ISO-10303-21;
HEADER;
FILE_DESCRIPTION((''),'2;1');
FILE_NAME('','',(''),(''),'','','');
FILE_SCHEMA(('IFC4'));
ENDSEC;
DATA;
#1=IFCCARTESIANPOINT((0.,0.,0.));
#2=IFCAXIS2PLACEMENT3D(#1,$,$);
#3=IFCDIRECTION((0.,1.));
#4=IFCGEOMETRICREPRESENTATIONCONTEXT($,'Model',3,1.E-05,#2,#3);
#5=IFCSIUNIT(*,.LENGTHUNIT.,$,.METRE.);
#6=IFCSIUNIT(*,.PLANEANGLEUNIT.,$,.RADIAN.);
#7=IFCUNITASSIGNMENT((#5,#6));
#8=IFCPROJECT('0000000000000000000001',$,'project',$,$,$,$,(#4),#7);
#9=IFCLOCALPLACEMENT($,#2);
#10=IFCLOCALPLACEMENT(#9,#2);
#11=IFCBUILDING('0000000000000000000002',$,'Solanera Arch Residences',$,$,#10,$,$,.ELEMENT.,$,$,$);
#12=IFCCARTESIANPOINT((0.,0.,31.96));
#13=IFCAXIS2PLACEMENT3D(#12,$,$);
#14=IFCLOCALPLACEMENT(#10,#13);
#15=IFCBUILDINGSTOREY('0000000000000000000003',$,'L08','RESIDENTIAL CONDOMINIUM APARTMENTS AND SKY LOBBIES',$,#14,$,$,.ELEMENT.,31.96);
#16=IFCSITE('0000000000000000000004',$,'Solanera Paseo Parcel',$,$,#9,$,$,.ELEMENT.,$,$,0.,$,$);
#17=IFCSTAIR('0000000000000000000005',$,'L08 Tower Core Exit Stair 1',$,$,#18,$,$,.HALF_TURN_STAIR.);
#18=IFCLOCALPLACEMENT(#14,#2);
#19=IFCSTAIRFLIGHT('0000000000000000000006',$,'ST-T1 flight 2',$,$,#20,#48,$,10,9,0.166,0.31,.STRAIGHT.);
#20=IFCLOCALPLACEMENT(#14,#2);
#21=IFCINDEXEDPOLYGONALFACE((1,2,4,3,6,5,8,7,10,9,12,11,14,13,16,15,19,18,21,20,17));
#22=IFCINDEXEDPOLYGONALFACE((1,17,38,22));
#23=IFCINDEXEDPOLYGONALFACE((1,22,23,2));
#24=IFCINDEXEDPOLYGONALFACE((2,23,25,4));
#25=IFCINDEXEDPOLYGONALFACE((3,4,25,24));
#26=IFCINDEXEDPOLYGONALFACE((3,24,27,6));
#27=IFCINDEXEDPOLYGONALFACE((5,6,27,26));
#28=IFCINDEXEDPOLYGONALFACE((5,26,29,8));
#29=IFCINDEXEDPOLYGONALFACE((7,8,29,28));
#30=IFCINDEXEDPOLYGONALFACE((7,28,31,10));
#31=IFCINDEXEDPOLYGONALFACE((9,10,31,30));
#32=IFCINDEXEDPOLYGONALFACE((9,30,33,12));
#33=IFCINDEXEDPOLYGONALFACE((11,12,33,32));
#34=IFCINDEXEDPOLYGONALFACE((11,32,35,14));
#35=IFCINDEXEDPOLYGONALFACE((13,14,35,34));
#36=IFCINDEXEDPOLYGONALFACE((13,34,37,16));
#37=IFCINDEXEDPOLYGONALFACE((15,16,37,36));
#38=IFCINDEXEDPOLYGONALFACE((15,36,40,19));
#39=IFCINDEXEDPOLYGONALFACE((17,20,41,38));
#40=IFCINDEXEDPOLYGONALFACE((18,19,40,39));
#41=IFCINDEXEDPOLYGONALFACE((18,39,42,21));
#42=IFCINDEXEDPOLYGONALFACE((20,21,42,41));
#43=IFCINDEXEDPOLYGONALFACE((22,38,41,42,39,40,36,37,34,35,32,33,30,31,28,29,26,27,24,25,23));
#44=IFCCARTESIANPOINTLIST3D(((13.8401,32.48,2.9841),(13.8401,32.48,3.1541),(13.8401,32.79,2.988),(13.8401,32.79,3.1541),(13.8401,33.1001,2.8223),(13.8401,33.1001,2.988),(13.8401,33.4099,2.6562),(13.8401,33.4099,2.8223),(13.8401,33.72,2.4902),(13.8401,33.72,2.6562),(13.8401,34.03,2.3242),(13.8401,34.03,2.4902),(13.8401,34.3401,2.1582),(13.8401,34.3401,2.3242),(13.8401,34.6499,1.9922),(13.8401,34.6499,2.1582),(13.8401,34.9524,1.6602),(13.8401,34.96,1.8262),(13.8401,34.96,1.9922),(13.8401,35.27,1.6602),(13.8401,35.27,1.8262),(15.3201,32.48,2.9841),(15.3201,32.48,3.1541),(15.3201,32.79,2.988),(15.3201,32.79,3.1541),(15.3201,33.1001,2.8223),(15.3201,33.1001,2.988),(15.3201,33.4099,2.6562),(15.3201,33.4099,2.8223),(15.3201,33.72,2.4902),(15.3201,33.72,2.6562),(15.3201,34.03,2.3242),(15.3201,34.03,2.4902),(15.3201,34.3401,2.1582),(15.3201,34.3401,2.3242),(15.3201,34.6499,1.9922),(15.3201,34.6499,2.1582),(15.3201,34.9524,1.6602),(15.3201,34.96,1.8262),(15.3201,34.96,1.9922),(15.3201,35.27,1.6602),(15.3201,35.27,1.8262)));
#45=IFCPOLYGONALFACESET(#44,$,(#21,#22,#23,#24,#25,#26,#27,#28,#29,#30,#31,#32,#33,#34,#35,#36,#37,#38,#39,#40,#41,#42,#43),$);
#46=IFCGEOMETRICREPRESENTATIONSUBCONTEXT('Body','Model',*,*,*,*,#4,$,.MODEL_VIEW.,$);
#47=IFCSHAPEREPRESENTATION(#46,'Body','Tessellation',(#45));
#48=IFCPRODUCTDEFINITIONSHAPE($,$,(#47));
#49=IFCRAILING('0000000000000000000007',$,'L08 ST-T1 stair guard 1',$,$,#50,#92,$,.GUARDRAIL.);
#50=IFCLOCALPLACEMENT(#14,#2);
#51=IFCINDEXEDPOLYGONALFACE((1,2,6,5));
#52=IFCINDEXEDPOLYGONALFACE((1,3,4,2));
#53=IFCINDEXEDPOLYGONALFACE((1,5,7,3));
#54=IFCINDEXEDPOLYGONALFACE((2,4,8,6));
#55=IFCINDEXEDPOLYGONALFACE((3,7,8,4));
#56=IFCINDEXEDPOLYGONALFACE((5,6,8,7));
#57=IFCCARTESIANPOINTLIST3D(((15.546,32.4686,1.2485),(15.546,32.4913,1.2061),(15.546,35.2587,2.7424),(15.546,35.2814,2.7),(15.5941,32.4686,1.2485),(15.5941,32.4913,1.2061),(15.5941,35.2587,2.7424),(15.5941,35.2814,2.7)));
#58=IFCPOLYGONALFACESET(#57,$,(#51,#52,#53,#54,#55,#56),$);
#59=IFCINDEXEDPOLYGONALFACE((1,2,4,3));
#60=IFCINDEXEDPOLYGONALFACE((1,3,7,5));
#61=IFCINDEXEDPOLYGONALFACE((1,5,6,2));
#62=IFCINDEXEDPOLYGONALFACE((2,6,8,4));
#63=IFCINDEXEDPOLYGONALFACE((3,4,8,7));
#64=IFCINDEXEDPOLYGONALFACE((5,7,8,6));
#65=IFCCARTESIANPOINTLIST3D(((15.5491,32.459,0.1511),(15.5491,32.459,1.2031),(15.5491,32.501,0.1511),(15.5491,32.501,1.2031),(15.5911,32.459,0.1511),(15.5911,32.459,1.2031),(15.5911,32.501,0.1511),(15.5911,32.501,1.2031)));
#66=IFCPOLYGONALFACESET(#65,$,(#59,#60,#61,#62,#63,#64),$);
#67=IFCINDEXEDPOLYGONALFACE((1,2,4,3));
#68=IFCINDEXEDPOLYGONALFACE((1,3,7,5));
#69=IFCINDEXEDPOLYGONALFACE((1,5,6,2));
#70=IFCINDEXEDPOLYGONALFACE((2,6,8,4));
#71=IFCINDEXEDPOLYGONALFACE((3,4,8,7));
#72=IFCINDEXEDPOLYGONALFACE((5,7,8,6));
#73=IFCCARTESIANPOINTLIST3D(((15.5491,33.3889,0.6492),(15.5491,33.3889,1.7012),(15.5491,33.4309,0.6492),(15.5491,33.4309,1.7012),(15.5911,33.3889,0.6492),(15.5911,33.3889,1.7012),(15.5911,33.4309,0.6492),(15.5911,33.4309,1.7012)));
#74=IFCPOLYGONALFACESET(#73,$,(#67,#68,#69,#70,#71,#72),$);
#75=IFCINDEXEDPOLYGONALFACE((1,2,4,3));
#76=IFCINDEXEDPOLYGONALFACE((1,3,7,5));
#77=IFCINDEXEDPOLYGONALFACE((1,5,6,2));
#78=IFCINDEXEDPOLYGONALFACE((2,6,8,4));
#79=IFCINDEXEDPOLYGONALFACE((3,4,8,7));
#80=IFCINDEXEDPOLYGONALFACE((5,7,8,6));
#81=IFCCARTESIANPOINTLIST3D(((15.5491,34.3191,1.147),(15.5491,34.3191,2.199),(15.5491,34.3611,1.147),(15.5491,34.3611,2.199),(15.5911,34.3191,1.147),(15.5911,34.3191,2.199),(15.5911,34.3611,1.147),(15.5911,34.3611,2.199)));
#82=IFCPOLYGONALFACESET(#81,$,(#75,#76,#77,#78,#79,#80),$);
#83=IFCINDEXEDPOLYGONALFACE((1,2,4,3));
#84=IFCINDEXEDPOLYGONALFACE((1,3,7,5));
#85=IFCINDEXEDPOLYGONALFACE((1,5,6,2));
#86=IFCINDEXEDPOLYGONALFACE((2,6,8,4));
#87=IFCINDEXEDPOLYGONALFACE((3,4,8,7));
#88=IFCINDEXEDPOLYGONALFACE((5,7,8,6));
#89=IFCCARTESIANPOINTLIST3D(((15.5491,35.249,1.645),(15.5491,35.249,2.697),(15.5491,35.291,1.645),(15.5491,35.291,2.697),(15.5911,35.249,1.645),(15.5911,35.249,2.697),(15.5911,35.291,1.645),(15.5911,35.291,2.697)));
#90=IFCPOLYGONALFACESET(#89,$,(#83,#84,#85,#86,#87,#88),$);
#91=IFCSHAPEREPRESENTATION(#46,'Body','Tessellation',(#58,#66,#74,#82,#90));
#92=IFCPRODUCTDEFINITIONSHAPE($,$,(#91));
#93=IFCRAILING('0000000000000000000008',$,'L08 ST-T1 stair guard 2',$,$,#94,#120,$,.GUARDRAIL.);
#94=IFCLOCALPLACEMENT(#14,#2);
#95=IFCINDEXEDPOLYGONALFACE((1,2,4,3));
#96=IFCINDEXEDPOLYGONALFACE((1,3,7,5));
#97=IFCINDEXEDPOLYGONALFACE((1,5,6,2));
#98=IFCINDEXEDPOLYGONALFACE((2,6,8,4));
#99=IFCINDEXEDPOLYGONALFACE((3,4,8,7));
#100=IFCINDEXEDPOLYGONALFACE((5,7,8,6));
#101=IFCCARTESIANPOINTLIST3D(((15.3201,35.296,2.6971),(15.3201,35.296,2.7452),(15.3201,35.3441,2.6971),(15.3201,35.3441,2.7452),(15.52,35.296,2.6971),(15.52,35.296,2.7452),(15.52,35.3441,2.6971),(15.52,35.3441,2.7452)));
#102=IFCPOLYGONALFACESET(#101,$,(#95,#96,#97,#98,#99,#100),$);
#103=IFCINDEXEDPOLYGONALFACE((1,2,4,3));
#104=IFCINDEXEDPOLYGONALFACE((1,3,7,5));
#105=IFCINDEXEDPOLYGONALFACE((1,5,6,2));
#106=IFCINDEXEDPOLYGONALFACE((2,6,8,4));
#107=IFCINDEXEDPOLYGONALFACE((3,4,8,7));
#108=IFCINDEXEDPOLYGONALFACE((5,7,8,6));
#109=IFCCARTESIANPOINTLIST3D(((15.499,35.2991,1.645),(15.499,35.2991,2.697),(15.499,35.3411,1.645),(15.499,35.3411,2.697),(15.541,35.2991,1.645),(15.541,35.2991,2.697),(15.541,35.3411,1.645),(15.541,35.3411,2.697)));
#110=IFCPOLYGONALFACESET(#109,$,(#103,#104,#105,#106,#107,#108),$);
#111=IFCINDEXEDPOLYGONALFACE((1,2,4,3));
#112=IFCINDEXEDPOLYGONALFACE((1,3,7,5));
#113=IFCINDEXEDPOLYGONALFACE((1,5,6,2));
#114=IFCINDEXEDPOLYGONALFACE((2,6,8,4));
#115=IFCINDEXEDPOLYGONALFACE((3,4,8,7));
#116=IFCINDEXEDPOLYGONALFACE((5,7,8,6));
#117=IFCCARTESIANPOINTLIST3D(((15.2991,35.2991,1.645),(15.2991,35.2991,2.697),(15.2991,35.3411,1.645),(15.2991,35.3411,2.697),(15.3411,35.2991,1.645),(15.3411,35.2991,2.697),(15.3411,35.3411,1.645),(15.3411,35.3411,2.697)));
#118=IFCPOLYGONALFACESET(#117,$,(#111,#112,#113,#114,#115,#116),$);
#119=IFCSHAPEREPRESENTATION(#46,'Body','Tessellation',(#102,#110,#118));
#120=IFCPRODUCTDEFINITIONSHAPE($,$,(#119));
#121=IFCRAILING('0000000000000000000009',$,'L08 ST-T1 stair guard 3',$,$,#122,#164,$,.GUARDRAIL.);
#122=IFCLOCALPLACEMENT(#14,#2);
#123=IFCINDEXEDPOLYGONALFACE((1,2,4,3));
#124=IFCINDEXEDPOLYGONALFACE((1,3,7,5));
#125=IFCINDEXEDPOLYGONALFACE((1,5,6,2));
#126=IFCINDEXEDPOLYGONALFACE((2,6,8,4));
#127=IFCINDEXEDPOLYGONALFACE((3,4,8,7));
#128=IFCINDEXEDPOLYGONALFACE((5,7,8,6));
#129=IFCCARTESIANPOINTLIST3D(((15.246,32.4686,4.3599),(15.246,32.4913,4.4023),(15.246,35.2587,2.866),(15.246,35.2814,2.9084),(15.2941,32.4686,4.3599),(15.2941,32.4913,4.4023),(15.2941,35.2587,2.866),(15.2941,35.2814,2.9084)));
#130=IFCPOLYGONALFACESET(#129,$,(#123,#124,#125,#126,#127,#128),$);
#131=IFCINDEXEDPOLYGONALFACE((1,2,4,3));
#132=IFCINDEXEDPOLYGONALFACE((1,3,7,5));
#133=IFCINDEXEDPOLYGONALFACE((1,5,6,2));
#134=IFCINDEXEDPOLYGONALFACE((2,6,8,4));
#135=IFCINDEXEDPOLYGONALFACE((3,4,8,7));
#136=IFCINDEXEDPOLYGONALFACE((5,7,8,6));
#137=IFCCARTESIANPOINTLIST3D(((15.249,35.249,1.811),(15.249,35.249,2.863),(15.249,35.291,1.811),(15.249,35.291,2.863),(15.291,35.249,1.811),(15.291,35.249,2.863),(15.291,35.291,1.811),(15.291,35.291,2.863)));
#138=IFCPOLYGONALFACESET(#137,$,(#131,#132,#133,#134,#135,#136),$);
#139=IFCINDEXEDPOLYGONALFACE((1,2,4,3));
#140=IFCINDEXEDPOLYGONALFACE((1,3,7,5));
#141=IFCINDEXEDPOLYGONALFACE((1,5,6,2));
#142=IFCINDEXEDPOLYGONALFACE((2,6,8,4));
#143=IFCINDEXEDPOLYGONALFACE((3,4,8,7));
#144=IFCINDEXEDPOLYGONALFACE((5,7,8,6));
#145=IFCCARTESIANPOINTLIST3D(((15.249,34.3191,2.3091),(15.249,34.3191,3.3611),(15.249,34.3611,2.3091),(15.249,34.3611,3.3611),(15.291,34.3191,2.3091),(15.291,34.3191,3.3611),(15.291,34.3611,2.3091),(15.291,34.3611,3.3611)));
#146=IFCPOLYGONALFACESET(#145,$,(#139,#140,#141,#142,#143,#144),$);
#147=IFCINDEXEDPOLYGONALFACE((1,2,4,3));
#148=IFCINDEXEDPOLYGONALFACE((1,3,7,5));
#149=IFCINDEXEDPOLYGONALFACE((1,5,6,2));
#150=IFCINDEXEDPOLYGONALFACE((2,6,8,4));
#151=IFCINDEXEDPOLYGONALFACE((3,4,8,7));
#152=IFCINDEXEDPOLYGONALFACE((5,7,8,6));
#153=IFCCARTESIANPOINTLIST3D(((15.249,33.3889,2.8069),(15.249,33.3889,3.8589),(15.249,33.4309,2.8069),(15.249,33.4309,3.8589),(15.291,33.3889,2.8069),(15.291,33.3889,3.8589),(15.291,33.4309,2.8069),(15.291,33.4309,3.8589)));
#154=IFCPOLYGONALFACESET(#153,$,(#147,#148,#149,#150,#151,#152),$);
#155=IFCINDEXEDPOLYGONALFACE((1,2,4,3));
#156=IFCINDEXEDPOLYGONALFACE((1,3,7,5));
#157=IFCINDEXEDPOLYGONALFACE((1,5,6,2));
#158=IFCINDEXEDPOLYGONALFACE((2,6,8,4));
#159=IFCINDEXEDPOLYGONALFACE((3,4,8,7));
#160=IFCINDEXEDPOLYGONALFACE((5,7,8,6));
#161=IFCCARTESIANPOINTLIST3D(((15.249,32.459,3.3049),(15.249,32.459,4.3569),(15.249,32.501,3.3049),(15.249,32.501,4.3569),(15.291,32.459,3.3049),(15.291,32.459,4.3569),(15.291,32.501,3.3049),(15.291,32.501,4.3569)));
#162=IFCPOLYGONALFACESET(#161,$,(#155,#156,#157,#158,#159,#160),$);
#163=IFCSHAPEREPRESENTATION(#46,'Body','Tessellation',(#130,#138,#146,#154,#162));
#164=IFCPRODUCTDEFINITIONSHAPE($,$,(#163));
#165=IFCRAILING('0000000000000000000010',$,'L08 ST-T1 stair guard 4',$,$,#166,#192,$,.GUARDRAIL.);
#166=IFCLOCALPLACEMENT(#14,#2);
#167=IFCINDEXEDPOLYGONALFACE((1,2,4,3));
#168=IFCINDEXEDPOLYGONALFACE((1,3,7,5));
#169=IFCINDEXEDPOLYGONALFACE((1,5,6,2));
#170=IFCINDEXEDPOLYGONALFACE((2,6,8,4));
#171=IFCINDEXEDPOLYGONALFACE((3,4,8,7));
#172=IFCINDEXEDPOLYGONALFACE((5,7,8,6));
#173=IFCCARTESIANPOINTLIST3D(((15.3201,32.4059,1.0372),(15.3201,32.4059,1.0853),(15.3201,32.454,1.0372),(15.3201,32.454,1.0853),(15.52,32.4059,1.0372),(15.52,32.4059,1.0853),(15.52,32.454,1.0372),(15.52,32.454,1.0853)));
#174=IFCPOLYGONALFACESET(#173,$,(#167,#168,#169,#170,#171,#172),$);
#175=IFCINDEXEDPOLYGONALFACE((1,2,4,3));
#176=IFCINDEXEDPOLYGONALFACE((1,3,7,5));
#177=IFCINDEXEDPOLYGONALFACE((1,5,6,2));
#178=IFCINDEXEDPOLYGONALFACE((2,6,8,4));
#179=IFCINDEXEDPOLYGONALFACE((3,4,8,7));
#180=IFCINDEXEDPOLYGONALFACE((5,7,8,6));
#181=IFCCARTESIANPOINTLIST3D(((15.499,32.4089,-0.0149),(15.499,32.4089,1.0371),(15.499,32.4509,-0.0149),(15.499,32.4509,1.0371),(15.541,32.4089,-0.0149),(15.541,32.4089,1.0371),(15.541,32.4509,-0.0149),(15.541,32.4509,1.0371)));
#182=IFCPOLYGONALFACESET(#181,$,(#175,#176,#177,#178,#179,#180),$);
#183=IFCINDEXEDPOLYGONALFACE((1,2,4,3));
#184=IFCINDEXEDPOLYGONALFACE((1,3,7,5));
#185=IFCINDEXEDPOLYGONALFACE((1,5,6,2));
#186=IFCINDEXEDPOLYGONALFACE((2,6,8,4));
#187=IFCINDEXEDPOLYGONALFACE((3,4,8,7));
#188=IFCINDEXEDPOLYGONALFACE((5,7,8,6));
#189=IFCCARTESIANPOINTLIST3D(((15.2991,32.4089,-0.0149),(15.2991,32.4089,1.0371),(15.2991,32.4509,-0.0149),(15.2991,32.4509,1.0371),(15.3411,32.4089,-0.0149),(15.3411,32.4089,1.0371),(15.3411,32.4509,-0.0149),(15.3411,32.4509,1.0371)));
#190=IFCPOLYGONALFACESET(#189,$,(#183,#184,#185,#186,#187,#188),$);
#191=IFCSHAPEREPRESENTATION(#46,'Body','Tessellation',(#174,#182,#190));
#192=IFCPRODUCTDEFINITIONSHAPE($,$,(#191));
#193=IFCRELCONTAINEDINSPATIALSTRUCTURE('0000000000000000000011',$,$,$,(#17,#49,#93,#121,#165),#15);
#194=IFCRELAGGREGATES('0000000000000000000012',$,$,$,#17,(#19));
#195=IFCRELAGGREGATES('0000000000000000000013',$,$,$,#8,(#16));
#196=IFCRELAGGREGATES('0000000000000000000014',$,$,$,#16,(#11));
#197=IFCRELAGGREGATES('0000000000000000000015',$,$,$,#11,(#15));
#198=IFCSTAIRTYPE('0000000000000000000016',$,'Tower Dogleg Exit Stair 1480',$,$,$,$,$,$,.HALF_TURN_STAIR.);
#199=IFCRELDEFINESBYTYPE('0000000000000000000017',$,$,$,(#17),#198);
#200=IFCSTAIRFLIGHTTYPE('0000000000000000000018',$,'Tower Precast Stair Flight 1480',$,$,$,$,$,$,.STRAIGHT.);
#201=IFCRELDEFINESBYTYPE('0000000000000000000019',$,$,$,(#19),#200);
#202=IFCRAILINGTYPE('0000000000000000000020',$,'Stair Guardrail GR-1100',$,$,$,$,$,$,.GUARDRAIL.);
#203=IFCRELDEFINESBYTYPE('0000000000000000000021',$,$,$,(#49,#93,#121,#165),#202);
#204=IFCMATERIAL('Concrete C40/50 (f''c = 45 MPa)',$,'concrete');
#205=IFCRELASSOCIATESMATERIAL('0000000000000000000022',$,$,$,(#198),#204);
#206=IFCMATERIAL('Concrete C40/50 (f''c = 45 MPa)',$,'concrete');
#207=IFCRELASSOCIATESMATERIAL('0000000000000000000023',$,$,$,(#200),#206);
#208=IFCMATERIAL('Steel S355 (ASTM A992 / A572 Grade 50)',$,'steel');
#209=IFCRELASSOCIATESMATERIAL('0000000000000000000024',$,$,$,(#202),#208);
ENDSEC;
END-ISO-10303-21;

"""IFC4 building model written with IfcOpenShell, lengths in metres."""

from ifc_helpers import new_model, si_unit, direction, frame, origin, origin_2d, place, context, subcontext, project, spatial, polyline, rectangle, outline, extrude, material, type_object, element, aggregate, save


model = new_model("IFC4")

# Units and contexts
model_context = context("Model", 3, precision=1e-05, world=origin(), true_north=direction((0.0, 1.0)))
body_context = subcontext(model_context, "Body", "Model", "MODEL_VIEW")
ifc_project = project(units=[si_unit("LENGTHUNIT", "METRE"), si_unit("PLANEANGLEUNIT", "RADIAN")], contexts=[model_context])

# Site, building, storey
site_placement = place(None, origin())
site = spatial("IfcSite", under=ifc_project, at=site_placement, Name="Solanera Paseo Parcel", CompositionType="ELEMENT", RefElevation=0.0)
building_placement = place(site_placement, origin())
building = spatial("IfcBuilding", under=site, at=building_placement, Name="Solanera Arch Residences", CompositionType="ELEMENT")
storey_placement = place(building_placement, frame((0.0, 0.0, 31.96)))
storey = spatial("IfcBuildingStorey", under=building, at=storey_placement, Name="L08", Description="RESIDENTIAL CONDOMINIUM APARTMENTS AND SKY LOBBIES", CompositionType="ELEMENT", Elevation=31.96)

# Stair, stair flight
ifc_material_1 = material(Name="Concrete C40/50 (f'c = 45 MPa)", Category="concrete")
stair_type = type_object("IfcStairType", Name="Tower Dogleg Exit Stair 1480", PredefinedType="HALF_TURN_STAIR", material=ifc_material_1)
stair_placement = place(storey_placement, origin())
stair = element("IfcStair", 1, at=stair_placement, inside=storey, type_object=stair_type, Name="L08 Tower Core Exit Stair 1", PredefinedType="HALF_TURN_STAIR")
ifc_material_2 = material(Name="Concrete C40/50 (f'c = 45 MPa)", Category="concrete")
stair_flight_type = type_object("IfcStairFlightType", Name="Tower Precast Stair Flight 1480", PredefinedType="STRAIGHT", material=ifc_material_2)
stair_flight_1_placement = place(storey_placement, frame((14.5801, 35.27, 1.6602), z_axis=(0.0, 0.0, 1.0), x_axis=(0.0, -1.0, 0.0)))
stair_flight_1 = element("IfcStairFlight", 2, at=stair_flight_1_placement, type_object=stair_flight_type, Name="ST-T1 flight 2", NumberOfRisers=10, NumberOfTreads=9, PredefinedType="STRAIGHT", RiserHeight=0.166, TreadLength=0.31, context=body_context, shape_type="SweptSolid", body=[
    extrude(outline(polyline([(0.0, 0.0), (0.0, 0.166), (0.3101, 0.166), (0.3101, 0.332), (0.6201, 0.332), (0.6201, 0.498), (0.9299, 0.498), (0.9299, 0.6641), (1.24, 0.6641), (1.24, 0.8301), (1.55, 0.8301), (1.55, 0.9961), (1.8601, 0.9961), (1.8601, 1.1621), (2.1699, 1.1621), (2.1699, 1.3279), (2.48, 1.3279), (2.48, 1.4939), (2.79, 1.4939), (2.79, 1.6599), (2.79, 1.324), (0.3176, 0.0), (0.0, 0.0)])), frame((0.0, 0.74, 0.0), z_axis=(0.0, -1.0, 0.0), x_axis=(1.0, 0.0, 0.0)), (0.0, 0.0, 1.0), 1.48),
])
aggregate(stair, [stair_flight_1])

# Railings
ifc_material_3 = material(Name="Steel S355 (ASTM A992 / A572 Grade 50)", Category="steel")
railing_type_1 = type_object("IfcRailingType", Name="Stair Guardrail GR-1100", PredefinedType="GUARDRAIL", material=ifc_material_3)
railing_1_placement = place(storey_placement, frame((15.5701, 32.48, 0.1511)))
element("IfcRailing", 3, at=railing_1_placement, inside=storey, type_object=railing_type_1, Name="L08 ST-T1 stair guard 1", PredefinedType="GUARDRAIL", context=body_context, shape_type="SweptSolid", body=[
    extrude(rectangle(XDim=0.0481, YDim=0.0481, at=origin_2d()), frame((0.0, 0.0, 1.0762), z_axis=(0.0, 0.881581, 0.472033), x_axis=(-1.0, 0.0, 0.0)), (0.0, 0.0, 1.0), 3.1648),
    extrude(rectangle(XDim=0.042, YDim=0.042, at=origin_2d()), origin(), (0.0, 0.0, 1.0), 1.052),
    extrude(rectangle(XDim=0.042, YDim=0.042, at=origin_2d()), frame((0.0, 0.9299, 0.498)), (0.0, 0.0, 1.0), 1.052),
    extrude(rectangle(XDim=0.042, YDim=0.042, at=origin_2d()), frame((0.0, 1.8601, 0.9958)), (0.0, 0.0, 1.0), 1.052),
    extrude(rectangle(XDim=0.042, YDim=0.042, at=origin_2d()), frame((0.0, 2.79, 1.4939)), (0.0, 0.0, 1.0), 1.052),
])
railing_2_placement = place(storey_placement, frame((15.52, 35.3201, 1.645)))
element("IfcRailing", 4, at=railing_2_placement, inside=storey, type_object=railing_type_1, Name="L08 ST-T1 stair guard 2", PredefinedType="GUARDRAIL", context=body_context, shape_type="SweptSolid", body=[
    extrude(rectangle(XDim=0.0481, YDim=0.0481, at=origin_2d()), frame((0.0, 0.0, 1.0762), z_axis=(-1.0, 0.0, 0.0), x_axis=(0.0, -1.0, 0.0)), (0.0, 0.0, 1.0), 0.2),
    extrude(rectangle(XDim=0.042, YDim=0.042, at=origin_2d()), origin(), (0.0, 0.0, 1.0), 1.052),
    extrude(rectangle(XDim=0.042, YDim=0.042, at=origin_2d()), frame((-0.2, 0.0, 0.0)), (0.0, 0.0, 1.0), 1.052),
])
railing_3_placement = place(storey_placement, frame((15.27, 35.27, 1.811)))
element("IfcRailing", 5, at=railing_3_placement, inside=storey, type_object=railing_type_1, Name="L08 ST-T1 stair guard 3", PredefinedType="GUARDRAIL", context=body_context, shape_type="SweptSolid", body=[
    extrude(rectangle(XDim=0.0481, YDim=0.0481, at=origin_2d()), frame((0.0, 0.0, 1.0762), z_axis=(0.0, -0.881581, 0.472033), x_axis=(1.0, 0.0, 0.0)), (0.0, 0.0, 1.0), 3.1648),
    extrude(rectangle(XDim=0.042, YDim=0.042, at=origin_2d()), origin(), (0.0, 0.0, 1.0), 1.052),
    extrude(rectangle(XDim=0.042, YDim=0.042, at=origin_2d()), frame((0.0, -0.9299, 0.498)), (0.0, 0.0, 1.0), 1.052),
    extrude(rectangle(XDim=0.042, YDim=0.042, at=origin_2d()), frame((0.0, -1.8601, 0.9958)), (0.0, 0.0, 1.0), 1.052),
    extrude(rectangle(XDim=0.042, YDim=0.042, at=origin_2d()), frame((0.0, -2.79, 1.4939)), (0.0, 0.0, 1.0), 1.052),
])
railing_4_placement = place(storey_placement, frame((15.52, 32.4299, -0.0149)))
element("IfcRailing", 6, at=railing_4_placement, inside=storey, type_object=railing_type_1, Name="L08 ST-T1 stair guard 4", PredefinedType="GUARDRAIL", context=body_context, shape_type="SweptSolid", body=[
    extrude(rectangle(XDim=0.0481, YDim=0.0481, at=origin_2d()), frame((0.0, 0.0, 1.0762), z_axis=(-1.0, 0.0, 0.0), x_axis=(0.0, -1.0, 0.0)), (0.0, 0.0, 1.0), 0.2),
    extrude(rectangle(XDim=0.042, YDim=0.042, at=origin_2d()), origin(), (0.0, 0.0, 1.0), 1.052),
    extrude(rectangle(XDim=0.042, YDim=0.042, at=origin_2d()), frame((-0.2, 0.0, 0.0)), (0.0, 0.0, 1.0), 1.052),
])

save(model, "model.ifc")
